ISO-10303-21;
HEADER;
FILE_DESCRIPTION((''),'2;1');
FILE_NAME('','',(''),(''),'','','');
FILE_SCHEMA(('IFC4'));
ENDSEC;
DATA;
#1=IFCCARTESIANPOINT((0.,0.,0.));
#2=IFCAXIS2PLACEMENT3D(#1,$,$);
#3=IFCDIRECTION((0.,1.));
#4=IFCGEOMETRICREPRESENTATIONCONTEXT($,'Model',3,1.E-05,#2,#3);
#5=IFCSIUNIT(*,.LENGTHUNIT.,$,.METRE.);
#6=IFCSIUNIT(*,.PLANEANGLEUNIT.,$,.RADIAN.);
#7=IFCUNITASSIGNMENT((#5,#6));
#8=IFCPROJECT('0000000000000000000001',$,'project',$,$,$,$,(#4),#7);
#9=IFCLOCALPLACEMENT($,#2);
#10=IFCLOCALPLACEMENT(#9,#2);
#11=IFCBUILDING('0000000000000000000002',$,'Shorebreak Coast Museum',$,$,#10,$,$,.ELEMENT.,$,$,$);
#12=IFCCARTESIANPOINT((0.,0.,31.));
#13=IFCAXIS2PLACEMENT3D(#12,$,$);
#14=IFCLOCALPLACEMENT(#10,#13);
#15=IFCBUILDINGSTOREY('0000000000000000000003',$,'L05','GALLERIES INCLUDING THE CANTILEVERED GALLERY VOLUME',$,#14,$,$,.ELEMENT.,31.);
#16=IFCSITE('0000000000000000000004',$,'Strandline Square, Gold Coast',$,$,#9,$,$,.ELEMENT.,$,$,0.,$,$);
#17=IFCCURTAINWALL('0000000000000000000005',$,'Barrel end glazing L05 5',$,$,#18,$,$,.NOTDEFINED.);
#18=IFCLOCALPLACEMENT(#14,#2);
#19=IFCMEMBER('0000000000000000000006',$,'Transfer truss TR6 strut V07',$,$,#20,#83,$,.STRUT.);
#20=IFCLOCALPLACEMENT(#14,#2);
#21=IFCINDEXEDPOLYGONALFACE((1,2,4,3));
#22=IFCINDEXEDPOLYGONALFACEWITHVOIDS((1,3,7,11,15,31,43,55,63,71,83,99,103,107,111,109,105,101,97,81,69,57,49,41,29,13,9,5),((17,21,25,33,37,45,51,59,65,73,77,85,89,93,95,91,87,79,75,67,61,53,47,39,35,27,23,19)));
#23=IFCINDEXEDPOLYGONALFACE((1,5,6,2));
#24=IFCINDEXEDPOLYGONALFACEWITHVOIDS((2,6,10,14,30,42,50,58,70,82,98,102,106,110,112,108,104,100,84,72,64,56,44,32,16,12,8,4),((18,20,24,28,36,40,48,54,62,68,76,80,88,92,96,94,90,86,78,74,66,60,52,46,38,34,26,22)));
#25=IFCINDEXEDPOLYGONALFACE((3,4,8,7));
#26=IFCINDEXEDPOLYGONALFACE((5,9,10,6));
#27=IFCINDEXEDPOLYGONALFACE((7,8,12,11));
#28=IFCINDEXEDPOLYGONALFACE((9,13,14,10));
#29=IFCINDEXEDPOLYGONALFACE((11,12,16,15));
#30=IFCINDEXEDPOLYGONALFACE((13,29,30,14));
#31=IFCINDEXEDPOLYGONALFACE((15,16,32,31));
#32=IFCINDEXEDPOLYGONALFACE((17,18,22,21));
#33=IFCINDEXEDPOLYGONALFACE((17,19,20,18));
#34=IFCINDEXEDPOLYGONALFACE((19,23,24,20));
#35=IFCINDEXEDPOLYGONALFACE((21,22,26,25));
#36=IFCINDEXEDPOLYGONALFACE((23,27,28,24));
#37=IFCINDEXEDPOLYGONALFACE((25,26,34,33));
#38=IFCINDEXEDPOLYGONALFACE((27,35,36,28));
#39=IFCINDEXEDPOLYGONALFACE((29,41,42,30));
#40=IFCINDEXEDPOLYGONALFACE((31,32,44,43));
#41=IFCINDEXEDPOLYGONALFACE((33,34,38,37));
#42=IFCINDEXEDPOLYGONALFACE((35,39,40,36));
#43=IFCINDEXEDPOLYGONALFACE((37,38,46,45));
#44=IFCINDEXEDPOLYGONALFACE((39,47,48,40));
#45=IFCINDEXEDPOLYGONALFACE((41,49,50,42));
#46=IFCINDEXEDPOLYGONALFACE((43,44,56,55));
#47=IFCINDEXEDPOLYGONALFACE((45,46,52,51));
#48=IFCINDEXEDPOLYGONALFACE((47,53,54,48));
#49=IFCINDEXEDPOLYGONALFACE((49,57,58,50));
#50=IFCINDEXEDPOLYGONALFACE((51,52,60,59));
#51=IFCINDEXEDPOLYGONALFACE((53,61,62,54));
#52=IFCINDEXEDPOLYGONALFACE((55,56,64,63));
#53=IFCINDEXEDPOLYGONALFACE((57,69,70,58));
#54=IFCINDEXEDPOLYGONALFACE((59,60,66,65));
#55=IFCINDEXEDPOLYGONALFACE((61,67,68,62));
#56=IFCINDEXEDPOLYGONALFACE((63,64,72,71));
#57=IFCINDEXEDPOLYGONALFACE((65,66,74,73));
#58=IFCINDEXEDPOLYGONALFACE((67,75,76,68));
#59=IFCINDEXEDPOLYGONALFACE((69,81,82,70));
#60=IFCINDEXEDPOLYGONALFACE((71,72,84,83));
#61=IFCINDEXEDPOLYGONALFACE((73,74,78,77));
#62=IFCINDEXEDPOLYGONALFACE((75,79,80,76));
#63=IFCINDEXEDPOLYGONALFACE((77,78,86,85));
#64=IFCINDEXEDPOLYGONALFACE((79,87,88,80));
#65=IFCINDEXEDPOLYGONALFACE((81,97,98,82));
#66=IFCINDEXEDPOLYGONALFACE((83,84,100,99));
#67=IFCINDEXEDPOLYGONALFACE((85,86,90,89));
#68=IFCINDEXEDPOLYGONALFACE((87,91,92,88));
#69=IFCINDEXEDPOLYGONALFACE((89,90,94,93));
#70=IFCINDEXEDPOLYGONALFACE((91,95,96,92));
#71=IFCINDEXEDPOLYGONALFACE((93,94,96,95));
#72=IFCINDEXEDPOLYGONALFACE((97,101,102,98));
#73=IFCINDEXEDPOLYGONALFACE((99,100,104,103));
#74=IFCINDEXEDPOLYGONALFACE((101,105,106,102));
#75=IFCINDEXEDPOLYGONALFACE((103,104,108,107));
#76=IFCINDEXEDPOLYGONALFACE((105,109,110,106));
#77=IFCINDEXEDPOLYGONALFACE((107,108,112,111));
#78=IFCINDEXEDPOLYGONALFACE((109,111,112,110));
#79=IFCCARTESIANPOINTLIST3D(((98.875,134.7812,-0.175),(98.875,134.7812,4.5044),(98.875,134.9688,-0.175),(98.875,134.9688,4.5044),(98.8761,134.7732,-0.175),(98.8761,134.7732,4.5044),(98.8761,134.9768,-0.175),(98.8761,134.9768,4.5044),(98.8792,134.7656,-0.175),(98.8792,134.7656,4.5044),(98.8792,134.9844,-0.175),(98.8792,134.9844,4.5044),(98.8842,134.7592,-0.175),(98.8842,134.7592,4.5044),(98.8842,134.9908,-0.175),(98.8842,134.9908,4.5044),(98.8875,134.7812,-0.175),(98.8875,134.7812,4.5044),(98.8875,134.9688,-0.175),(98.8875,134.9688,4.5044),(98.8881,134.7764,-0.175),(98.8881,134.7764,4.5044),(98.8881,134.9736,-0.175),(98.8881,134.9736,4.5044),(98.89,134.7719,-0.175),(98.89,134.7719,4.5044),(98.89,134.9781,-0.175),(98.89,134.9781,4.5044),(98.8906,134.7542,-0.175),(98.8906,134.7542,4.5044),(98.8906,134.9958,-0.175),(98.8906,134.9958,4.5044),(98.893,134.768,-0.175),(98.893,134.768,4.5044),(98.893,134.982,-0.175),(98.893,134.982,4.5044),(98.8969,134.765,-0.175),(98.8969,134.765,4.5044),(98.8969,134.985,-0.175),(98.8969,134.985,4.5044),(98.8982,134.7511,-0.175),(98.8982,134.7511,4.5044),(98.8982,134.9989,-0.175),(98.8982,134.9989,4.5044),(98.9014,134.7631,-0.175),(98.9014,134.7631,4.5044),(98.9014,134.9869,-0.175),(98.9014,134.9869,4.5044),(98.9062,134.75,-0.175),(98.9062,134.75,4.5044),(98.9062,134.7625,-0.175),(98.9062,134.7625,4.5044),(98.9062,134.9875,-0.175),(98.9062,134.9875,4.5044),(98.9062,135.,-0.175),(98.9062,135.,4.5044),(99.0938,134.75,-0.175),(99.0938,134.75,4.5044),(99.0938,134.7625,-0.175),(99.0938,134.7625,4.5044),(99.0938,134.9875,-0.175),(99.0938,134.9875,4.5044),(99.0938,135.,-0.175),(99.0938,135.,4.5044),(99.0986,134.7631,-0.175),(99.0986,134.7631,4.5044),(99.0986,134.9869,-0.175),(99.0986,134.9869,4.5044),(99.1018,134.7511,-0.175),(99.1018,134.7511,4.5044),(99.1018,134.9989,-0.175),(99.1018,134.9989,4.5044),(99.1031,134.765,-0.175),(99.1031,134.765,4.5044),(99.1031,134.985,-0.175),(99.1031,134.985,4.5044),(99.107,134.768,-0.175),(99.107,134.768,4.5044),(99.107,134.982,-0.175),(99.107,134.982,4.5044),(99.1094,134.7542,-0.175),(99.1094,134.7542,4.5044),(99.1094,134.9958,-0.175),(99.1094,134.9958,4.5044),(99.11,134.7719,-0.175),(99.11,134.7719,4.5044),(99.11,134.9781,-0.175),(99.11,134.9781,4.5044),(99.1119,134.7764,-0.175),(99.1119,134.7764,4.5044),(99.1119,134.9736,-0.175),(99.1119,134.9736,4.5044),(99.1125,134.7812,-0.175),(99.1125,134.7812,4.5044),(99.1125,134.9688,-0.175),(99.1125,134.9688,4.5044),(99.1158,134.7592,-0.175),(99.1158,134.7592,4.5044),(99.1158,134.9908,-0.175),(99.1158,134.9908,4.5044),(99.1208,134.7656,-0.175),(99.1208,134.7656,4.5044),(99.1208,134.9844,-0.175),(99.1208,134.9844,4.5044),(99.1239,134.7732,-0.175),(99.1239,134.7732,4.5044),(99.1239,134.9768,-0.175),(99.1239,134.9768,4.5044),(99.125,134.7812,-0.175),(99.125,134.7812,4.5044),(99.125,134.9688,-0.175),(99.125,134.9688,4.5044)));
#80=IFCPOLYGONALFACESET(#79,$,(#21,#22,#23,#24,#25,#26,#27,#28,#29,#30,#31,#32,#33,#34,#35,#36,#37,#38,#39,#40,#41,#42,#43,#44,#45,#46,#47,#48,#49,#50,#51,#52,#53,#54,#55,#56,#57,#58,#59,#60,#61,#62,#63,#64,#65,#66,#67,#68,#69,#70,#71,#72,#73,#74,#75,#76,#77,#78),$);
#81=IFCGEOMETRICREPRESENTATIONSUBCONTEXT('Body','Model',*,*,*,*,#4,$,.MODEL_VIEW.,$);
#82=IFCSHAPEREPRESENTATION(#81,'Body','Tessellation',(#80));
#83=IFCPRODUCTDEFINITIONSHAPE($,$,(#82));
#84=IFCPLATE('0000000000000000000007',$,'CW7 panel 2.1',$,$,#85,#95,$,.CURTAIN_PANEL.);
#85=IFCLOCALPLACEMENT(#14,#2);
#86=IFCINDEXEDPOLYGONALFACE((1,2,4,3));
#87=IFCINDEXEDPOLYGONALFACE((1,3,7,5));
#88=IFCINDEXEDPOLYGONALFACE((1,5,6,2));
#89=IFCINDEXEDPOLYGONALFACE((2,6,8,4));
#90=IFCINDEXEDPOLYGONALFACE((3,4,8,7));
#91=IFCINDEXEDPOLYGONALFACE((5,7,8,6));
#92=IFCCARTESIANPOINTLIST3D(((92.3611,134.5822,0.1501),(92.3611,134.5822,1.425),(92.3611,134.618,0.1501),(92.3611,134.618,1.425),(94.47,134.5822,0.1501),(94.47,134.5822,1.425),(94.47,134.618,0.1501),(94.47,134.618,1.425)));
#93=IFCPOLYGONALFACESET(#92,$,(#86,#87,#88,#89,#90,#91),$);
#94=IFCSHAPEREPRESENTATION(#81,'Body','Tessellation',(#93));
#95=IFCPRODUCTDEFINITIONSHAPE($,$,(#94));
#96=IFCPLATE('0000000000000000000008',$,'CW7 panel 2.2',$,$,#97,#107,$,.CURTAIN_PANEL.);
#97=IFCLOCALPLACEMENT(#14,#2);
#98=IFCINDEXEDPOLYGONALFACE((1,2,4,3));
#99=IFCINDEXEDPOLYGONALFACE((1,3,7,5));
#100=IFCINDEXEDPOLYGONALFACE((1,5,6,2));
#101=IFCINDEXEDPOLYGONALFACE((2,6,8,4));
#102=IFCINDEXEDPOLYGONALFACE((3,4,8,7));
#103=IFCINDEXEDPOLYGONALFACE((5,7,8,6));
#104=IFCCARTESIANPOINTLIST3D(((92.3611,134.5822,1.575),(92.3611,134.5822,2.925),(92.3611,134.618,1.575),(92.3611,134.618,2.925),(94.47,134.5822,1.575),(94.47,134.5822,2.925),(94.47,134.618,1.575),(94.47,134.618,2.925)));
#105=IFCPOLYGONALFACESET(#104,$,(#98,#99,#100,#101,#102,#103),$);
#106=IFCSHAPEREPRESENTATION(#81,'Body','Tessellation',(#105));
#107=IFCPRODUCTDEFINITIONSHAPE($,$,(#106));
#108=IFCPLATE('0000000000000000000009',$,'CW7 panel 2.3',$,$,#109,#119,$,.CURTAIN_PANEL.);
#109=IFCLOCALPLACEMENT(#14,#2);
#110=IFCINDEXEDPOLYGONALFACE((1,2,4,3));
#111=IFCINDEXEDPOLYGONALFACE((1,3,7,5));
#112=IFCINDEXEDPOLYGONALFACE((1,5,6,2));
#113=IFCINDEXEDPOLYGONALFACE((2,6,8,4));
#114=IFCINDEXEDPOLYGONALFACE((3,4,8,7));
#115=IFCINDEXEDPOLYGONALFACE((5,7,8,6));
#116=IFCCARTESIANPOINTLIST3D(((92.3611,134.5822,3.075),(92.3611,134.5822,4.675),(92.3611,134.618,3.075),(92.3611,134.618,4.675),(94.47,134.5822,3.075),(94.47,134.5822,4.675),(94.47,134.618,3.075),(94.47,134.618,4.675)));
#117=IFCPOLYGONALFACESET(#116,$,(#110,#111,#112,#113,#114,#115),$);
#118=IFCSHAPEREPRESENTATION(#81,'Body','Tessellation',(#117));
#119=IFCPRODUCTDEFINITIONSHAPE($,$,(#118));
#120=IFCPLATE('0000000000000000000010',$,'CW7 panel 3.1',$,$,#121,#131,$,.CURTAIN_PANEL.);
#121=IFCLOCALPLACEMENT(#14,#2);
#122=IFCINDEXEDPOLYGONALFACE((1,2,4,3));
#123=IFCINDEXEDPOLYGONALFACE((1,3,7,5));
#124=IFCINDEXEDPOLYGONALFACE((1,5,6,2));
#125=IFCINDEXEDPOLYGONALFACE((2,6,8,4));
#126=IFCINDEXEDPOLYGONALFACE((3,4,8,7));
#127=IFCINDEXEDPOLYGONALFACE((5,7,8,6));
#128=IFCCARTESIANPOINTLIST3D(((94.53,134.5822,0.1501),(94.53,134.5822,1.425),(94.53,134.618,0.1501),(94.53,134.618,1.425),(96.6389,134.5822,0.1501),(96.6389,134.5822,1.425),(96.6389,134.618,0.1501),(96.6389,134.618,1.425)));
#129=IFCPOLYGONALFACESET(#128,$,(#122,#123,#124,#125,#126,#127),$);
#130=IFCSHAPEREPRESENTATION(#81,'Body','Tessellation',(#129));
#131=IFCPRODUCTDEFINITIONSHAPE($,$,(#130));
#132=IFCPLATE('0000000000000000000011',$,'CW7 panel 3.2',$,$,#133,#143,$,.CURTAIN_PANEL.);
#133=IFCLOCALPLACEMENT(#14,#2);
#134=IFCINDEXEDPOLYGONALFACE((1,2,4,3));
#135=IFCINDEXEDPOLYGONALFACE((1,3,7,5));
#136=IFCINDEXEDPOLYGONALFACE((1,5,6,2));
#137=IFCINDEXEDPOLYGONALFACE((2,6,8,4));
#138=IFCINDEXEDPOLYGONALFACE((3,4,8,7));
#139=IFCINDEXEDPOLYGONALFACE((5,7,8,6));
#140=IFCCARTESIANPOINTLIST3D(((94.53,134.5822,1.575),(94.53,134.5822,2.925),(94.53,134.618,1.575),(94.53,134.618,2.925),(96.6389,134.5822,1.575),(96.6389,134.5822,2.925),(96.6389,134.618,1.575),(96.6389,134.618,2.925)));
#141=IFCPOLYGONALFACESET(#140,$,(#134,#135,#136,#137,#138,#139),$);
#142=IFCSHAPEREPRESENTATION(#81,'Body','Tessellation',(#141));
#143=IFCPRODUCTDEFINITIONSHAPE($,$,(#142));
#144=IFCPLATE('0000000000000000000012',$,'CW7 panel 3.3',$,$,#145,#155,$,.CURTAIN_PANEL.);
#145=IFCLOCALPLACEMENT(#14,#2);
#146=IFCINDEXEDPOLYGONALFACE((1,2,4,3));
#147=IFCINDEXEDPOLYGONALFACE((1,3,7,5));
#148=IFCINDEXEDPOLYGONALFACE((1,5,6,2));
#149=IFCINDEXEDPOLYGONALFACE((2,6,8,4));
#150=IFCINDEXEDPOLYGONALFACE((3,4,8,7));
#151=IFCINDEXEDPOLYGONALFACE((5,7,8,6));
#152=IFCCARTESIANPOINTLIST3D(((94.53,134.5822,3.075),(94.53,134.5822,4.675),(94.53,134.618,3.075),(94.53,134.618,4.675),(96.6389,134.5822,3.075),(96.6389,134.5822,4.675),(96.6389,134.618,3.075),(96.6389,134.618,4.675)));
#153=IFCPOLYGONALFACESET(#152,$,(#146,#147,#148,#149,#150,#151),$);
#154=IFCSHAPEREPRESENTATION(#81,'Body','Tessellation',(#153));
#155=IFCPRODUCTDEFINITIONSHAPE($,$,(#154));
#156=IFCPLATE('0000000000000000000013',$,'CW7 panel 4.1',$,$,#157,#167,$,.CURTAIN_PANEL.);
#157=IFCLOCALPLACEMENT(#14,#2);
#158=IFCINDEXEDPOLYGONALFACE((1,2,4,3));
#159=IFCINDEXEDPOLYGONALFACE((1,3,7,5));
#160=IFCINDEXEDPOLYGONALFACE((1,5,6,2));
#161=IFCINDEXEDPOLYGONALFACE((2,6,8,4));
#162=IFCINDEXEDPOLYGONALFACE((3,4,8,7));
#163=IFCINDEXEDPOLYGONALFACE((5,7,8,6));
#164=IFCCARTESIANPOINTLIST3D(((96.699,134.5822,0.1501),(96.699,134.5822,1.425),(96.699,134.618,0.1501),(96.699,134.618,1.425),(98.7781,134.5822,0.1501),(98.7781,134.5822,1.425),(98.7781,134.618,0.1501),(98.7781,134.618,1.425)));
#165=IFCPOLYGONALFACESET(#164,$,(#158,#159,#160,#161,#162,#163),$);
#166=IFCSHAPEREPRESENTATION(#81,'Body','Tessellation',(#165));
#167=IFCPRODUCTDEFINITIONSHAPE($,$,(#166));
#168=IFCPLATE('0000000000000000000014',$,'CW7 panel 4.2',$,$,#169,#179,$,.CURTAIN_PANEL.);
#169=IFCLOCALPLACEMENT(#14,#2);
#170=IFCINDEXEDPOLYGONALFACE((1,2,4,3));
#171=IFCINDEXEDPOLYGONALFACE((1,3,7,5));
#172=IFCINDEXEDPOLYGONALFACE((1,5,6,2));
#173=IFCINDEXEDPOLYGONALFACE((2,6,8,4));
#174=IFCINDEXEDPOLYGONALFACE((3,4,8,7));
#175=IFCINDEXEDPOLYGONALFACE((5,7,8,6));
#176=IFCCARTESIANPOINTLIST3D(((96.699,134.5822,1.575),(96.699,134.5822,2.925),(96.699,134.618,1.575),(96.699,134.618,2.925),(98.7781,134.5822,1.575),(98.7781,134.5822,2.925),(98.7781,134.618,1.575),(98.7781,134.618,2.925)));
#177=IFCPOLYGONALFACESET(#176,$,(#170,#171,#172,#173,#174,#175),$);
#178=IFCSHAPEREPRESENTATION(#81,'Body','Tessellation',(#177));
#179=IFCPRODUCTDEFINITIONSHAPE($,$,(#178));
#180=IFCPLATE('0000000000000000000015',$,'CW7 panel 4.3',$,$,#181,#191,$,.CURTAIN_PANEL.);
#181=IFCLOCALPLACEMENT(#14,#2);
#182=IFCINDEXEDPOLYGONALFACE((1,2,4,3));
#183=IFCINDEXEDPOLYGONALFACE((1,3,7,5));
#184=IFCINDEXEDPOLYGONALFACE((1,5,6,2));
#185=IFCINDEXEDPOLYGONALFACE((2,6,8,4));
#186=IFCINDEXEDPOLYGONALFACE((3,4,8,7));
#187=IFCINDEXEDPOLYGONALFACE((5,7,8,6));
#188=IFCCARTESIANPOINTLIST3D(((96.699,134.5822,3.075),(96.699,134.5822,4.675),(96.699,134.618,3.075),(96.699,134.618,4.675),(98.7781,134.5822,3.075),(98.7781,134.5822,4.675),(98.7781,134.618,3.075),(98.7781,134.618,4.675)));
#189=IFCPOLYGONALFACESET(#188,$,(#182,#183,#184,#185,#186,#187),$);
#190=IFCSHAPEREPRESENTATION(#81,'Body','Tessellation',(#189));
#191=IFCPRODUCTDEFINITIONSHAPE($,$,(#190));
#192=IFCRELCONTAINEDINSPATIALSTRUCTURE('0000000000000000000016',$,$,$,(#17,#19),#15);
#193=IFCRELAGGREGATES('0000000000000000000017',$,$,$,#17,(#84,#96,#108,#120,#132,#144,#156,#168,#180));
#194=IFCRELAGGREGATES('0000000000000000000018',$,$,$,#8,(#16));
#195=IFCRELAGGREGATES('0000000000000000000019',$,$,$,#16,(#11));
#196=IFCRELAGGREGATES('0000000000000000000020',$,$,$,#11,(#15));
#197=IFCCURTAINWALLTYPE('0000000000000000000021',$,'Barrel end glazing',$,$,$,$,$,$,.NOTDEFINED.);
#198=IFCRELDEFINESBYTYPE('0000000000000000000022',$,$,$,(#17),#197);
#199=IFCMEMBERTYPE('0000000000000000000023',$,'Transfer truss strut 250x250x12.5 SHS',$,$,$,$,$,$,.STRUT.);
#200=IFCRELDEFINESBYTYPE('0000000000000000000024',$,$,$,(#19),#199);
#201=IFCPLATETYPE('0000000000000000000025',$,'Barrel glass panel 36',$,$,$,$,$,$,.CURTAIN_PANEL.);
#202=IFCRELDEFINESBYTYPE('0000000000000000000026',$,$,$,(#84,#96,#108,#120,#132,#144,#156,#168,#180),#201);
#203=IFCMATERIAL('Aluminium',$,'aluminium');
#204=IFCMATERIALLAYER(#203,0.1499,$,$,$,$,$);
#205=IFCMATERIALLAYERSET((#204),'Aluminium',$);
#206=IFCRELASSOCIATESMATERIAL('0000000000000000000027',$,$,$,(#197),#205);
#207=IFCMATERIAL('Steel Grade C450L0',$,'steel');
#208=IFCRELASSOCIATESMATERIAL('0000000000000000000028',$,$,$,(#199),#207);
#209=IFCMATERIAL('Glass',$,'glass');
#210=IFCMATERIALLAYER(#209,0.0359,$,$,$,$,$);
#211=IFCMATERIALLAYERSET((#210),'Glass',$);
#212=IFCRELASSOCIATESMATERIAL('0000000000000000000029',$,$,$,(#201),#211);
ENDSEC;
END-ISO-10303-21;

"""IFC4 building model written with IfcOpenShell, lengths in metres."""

from ifc_helpers import new_model, si_unit, direction, frame, origin, origin_2d, place, context, subcontext, project, spatial, rectangle, hollow_rectangle, extrude, material, layer, layer_set, material_profile, profile_set, type_object, element, aggregate, save


model = new_model("IFC4")

# Units and contexts
model_context = context("Model", 3, precision=1e-05, world=origin(), true_north=direction((0.0, 1.0)))
body_context = subcontext(model_context, "Body", "Model", "MODEL_VIEW")
ifc_project = project(units=[si_unit("LENGTHUNIT", "METRE"), si_unit("PLANEANGLEUNIT", "RADIAN")], contexts=[model_context])

# Site, building, storey
site_placement = place(None, origin())
site = spatial("IfcSite", under=ifc_project, at=site_placement, Name="Strandline Square, Gold Coast", CompositionType="ELEMENT", RefElevation=0.0)
building_placement = place(site_placement, origin())
building = spatial("IfcBuilding", under=site, at=building_placement, Name="Shorebreak Coast Museum", CompositionType="ELEMENT")
storey_placement = place(building_placement, frame((0.0, 0.0, 31.0)))
storey = spatial("IfcBuildingStorey", under=building, at=storey_placement, Name="L05", Description="GALLERIES INCLUDING THE CANTILEVERED GALLERY VOLUME", CompositionType="ELEMENT", Elevation=31.0)

# Curtain wall
ifc_material_1 = material(Name="Aluminium", Category="aluminium")
ifc_layer_1 = layer(ifc_material_1, 0.1499)
ifc_layer_set_1 = layer_set([ifc_layer_1], Name="Aluminium")
curtain_wall_type = type_object("IfcCurtainWallType", Name="Barrel end glazing", PredefinedType="NOTDEFINED", material=ifc_layer_set_1)
curtain_wall_1_placement = place(storey_placement, origin())
curtain_wall_1 = element("IfcCurtainWall", 1, at=curtain_wall_1_placement, inside=storey, type_object=curtain_wall_type, Name="Barrel end glazing L05 5", PredefinedType="NOTDEFINED")

# Member
ifc_material_2 = material(Name="Steel Grade C450L0", Category="steel")
ifc_material_profile_1 = material_profile(ifc_material_2, hollow_rectangle(XDim=0.25, YDim=0.25, WallThickness=0.0125, InnerFilletRadius=0.0188, OuterFilletRadius=0.0312, at=origin_2d()), Name="250x250x12.5 SHS")
ifc_profile_set_1 = profile_set([ifc_material_profile_1], Name="Steel Grade C450L0")
member_type_1 = type_object("IfcMemberType", Name="Transfer truss strut 250x250x12.5 SHS", PredefinedType="STRUT", material=ifc_profile_set_1)
member_1_placement = place(storey_placement, frame((99.0, 134.875, -0.175), z_axis=(0.0, 0.0, 1.0), x_axis=(1.0, 0.0, 0.0)))
element("IfcMember", 2, at=member_1_placement, inside=storey, type_object=member_type_1, Name="Transfer truss TR6 strut V07", PredefinedType="STRUT", context=body_context, shape_type="SweptSolid", body=[
    extrude(hollow_rectangle(XDim=0.25, YDim=0.25, WallThickness=0.0125, InnerFilletRadius=0.0188, OuterFilletRadius=0.0312, at=origin_2d()), origin(), (0.0, 0.0, 1.0), 4.6794),
])

# Plates
ifc_material_3 = material(Name="Glass", Category="glass")
ifc_layer_2 = layer(ifc_material_3, 0.0359)
ifc_layer_set_2 = layer_set([ifc_layer_2], Name="Glass")
plate_type = type_object("IfcPlateType", Name="Barrel glass panel 36", PredefinedType="CURTAIN_PANEL", material=ifc_layer_set_2)
plate_1_placement = place(storey_placement, frame((93.4155, 134.6001, 0.1501), z_axis=(0.0, 0.0, 1.0), x_axis=(1.0, 0.0, 0.0)))
plate_1 = element("IfcPlate", 3, at=plate_1_placement, type_object=plate_type, Name="CW7 panel 2.1", PredefinedType="CURTAIN_PANEL", context=body_context, shape_type="SweptSolid", body=[
    extrude(rectangle(XDim=2.1089, YDim=0.0359, at=origin_2d()), origin(), (0.0, 0.0, 1.0), 1.2749),
])
plate_2_placement = place(storey_placement, frame((93.4155, 134.6001, 1.575), z_axis=(0.0, 0.0, 1.0), x_axis=(1.0, 0.0, 0.0)))
plate_2 = element("IfcPlate", 4, at=plate_2_placement, type_object=plate_type, Name="CW7 panel 2.2", PredefinedType="CURTAIN_PANEL", context=body_context, shape_type="SweptSolid", body=[
    extrude(rectangle(XDim=2.1089, YDim=0.0359, at=origin_2d()), origin(), (0.0, 0.0, 1.0), 1.3501),
])
plate_3_placement = place(storey_placement, frame((93.4155, 134.6001, 3.075), z_axis=(0.0, 0.0, 1.0), x_axis=(1.0, 0.0, 0.0)))
plate_3 = element("IfcPlate", 5, at=plate_3_placement, type_object=plate_type, Name="CW7 panel 2.3", PredefinedType="CURTAIN_PANEL", context=body_context, shape_type="SweptSolid", body=[
    extrude(rectangle(XDim=2.1089, YDim=0.0359, at=origin_2d()), origin(), (0.0, 0.0, 1.0), 1.6001),
])
plate_4_placement = place(storey_placement, frame((95.5845, 134.6001, 0.1501), z_axis=(0.0, 0.0, 1.0), x_axis=(1.0, 0.0, 0.0)))
plate_4 = element("IfcPlate", 6, at=plate_4_placement, type_object=plate_type, Name="CW7 panel 3.1", PredefinedType="CURTAIN_PANEL", context=body_context, shape_type="SweptSolid", body=[
    extrude(rectangle(XDim=2.1089, YDim=0.0359, at=origin_2d()), origin(), (0.0, 0.0, 1.0), 1.2749),
])
plate_5_placement = place(storey_placement, frame((95.5845, 134.6001, 1.575), z_axis=(0.0, 0.0, 1.0), x_axis=(1.0, 0.0, 0.0)))
plate_5 = element("IfcPlate", 7, at=plate_5_placement, type_object=plate_type, Name="CW7 panel 3.2", PredefinedType="CURTAIN_PANEL", context=body_context, shape_type="SweptSolid", body=[
    extrude(rectangle(XDim=2.1089, YDim=0.0359, at=origin_2d()), origin(), (0.0, 0.0, 1.0), 1.3501),
])
plate_6_placement = place(storey_placement, frame((95.5845, 134.6001, 3.075), z_axis=(0.0, 0.0, 1.0), x_axis=(1.0, 0.0, 0.0)))
plate_6 = element("IfcPlate", 8, at=plate_6_placement, type_object=plate_type, Name="CW7 panel 3.3", PredefinedType="CURTAIN_PANEL", context=body_context, shape_type="SweptSolid", body=[
    extrude(rectangle(XDim=2.1089, YDim=0.0359, at=origin_2d()), origin(), (0.0, 0.0, 1.0), 1.6001),
])
plate_7_placement = place(storey_placement, frame((97.7385, 134.6001, 0.1501), z_axis=(0.0, 0.0, 1.0), x_axis=(1.0, 0.0, 0.0)))
plate_7 = element("IfcPlate", 9, at=plate_7_placement, type_object=plate_type, Name="CW7 panel 4.1", PredefinedType="CURTAIN_PANEL", context=body_context, shape_type="SweptSolid", body=[
    extrude(rectangle(XDim=2.0791, YDim=0.0359, at=origin_2d()), origin(), (0.0, 0.0, 1.0), 1.2749),
])
plate_8_placement = place(storey_placement, frame((97.7385, 134.6001, 1.575), z_axis=(0.0, 0.0, 1.0), x_axis=(1.0, 0.0, 0.0)))
plate_8 = element("IfcPlate", 10, at=plate_8_placement, type_object=plate_type, Name="CW7 panel 4.2", PredefinedType="CURTAIN_PANEL", context=body_context, shape_type="SweptSolid", body=[
    extrude(rectangle(XDim=2.0791, YDim=0.0359, at=origin_2d()), origin(), (0.0, 0.0, 1.0), 1.3501),
])
plate_9_placement = place(storey_placement, frame((97.7385, 134.6001, 3.075), z_axis=(0.0, 0.0, 1.0), x_axis=(1.0, 0.0, 0.0)))
plate_9 = element("IfcPlate", 11, at=plate_9_placement, type_object=plate_type, Name="CW7 panel 4.3", PredefinedType="CURTAIN_PANEL", context=body_context, shape_type="SweptSolid", body=[
    extrude(rectangle(XDim=2.0791, YDim=0.0359, at=origin_2d()), origin(), (0.0, 0.0, 1.0), 1.6001),
])
aggregate(curtain_wall_1, [plate_1, plate_2, plate_3, plate_4, plate_5, plate_6, plate_7, plate_8, plate_9])

save(model, "model.ifc")
